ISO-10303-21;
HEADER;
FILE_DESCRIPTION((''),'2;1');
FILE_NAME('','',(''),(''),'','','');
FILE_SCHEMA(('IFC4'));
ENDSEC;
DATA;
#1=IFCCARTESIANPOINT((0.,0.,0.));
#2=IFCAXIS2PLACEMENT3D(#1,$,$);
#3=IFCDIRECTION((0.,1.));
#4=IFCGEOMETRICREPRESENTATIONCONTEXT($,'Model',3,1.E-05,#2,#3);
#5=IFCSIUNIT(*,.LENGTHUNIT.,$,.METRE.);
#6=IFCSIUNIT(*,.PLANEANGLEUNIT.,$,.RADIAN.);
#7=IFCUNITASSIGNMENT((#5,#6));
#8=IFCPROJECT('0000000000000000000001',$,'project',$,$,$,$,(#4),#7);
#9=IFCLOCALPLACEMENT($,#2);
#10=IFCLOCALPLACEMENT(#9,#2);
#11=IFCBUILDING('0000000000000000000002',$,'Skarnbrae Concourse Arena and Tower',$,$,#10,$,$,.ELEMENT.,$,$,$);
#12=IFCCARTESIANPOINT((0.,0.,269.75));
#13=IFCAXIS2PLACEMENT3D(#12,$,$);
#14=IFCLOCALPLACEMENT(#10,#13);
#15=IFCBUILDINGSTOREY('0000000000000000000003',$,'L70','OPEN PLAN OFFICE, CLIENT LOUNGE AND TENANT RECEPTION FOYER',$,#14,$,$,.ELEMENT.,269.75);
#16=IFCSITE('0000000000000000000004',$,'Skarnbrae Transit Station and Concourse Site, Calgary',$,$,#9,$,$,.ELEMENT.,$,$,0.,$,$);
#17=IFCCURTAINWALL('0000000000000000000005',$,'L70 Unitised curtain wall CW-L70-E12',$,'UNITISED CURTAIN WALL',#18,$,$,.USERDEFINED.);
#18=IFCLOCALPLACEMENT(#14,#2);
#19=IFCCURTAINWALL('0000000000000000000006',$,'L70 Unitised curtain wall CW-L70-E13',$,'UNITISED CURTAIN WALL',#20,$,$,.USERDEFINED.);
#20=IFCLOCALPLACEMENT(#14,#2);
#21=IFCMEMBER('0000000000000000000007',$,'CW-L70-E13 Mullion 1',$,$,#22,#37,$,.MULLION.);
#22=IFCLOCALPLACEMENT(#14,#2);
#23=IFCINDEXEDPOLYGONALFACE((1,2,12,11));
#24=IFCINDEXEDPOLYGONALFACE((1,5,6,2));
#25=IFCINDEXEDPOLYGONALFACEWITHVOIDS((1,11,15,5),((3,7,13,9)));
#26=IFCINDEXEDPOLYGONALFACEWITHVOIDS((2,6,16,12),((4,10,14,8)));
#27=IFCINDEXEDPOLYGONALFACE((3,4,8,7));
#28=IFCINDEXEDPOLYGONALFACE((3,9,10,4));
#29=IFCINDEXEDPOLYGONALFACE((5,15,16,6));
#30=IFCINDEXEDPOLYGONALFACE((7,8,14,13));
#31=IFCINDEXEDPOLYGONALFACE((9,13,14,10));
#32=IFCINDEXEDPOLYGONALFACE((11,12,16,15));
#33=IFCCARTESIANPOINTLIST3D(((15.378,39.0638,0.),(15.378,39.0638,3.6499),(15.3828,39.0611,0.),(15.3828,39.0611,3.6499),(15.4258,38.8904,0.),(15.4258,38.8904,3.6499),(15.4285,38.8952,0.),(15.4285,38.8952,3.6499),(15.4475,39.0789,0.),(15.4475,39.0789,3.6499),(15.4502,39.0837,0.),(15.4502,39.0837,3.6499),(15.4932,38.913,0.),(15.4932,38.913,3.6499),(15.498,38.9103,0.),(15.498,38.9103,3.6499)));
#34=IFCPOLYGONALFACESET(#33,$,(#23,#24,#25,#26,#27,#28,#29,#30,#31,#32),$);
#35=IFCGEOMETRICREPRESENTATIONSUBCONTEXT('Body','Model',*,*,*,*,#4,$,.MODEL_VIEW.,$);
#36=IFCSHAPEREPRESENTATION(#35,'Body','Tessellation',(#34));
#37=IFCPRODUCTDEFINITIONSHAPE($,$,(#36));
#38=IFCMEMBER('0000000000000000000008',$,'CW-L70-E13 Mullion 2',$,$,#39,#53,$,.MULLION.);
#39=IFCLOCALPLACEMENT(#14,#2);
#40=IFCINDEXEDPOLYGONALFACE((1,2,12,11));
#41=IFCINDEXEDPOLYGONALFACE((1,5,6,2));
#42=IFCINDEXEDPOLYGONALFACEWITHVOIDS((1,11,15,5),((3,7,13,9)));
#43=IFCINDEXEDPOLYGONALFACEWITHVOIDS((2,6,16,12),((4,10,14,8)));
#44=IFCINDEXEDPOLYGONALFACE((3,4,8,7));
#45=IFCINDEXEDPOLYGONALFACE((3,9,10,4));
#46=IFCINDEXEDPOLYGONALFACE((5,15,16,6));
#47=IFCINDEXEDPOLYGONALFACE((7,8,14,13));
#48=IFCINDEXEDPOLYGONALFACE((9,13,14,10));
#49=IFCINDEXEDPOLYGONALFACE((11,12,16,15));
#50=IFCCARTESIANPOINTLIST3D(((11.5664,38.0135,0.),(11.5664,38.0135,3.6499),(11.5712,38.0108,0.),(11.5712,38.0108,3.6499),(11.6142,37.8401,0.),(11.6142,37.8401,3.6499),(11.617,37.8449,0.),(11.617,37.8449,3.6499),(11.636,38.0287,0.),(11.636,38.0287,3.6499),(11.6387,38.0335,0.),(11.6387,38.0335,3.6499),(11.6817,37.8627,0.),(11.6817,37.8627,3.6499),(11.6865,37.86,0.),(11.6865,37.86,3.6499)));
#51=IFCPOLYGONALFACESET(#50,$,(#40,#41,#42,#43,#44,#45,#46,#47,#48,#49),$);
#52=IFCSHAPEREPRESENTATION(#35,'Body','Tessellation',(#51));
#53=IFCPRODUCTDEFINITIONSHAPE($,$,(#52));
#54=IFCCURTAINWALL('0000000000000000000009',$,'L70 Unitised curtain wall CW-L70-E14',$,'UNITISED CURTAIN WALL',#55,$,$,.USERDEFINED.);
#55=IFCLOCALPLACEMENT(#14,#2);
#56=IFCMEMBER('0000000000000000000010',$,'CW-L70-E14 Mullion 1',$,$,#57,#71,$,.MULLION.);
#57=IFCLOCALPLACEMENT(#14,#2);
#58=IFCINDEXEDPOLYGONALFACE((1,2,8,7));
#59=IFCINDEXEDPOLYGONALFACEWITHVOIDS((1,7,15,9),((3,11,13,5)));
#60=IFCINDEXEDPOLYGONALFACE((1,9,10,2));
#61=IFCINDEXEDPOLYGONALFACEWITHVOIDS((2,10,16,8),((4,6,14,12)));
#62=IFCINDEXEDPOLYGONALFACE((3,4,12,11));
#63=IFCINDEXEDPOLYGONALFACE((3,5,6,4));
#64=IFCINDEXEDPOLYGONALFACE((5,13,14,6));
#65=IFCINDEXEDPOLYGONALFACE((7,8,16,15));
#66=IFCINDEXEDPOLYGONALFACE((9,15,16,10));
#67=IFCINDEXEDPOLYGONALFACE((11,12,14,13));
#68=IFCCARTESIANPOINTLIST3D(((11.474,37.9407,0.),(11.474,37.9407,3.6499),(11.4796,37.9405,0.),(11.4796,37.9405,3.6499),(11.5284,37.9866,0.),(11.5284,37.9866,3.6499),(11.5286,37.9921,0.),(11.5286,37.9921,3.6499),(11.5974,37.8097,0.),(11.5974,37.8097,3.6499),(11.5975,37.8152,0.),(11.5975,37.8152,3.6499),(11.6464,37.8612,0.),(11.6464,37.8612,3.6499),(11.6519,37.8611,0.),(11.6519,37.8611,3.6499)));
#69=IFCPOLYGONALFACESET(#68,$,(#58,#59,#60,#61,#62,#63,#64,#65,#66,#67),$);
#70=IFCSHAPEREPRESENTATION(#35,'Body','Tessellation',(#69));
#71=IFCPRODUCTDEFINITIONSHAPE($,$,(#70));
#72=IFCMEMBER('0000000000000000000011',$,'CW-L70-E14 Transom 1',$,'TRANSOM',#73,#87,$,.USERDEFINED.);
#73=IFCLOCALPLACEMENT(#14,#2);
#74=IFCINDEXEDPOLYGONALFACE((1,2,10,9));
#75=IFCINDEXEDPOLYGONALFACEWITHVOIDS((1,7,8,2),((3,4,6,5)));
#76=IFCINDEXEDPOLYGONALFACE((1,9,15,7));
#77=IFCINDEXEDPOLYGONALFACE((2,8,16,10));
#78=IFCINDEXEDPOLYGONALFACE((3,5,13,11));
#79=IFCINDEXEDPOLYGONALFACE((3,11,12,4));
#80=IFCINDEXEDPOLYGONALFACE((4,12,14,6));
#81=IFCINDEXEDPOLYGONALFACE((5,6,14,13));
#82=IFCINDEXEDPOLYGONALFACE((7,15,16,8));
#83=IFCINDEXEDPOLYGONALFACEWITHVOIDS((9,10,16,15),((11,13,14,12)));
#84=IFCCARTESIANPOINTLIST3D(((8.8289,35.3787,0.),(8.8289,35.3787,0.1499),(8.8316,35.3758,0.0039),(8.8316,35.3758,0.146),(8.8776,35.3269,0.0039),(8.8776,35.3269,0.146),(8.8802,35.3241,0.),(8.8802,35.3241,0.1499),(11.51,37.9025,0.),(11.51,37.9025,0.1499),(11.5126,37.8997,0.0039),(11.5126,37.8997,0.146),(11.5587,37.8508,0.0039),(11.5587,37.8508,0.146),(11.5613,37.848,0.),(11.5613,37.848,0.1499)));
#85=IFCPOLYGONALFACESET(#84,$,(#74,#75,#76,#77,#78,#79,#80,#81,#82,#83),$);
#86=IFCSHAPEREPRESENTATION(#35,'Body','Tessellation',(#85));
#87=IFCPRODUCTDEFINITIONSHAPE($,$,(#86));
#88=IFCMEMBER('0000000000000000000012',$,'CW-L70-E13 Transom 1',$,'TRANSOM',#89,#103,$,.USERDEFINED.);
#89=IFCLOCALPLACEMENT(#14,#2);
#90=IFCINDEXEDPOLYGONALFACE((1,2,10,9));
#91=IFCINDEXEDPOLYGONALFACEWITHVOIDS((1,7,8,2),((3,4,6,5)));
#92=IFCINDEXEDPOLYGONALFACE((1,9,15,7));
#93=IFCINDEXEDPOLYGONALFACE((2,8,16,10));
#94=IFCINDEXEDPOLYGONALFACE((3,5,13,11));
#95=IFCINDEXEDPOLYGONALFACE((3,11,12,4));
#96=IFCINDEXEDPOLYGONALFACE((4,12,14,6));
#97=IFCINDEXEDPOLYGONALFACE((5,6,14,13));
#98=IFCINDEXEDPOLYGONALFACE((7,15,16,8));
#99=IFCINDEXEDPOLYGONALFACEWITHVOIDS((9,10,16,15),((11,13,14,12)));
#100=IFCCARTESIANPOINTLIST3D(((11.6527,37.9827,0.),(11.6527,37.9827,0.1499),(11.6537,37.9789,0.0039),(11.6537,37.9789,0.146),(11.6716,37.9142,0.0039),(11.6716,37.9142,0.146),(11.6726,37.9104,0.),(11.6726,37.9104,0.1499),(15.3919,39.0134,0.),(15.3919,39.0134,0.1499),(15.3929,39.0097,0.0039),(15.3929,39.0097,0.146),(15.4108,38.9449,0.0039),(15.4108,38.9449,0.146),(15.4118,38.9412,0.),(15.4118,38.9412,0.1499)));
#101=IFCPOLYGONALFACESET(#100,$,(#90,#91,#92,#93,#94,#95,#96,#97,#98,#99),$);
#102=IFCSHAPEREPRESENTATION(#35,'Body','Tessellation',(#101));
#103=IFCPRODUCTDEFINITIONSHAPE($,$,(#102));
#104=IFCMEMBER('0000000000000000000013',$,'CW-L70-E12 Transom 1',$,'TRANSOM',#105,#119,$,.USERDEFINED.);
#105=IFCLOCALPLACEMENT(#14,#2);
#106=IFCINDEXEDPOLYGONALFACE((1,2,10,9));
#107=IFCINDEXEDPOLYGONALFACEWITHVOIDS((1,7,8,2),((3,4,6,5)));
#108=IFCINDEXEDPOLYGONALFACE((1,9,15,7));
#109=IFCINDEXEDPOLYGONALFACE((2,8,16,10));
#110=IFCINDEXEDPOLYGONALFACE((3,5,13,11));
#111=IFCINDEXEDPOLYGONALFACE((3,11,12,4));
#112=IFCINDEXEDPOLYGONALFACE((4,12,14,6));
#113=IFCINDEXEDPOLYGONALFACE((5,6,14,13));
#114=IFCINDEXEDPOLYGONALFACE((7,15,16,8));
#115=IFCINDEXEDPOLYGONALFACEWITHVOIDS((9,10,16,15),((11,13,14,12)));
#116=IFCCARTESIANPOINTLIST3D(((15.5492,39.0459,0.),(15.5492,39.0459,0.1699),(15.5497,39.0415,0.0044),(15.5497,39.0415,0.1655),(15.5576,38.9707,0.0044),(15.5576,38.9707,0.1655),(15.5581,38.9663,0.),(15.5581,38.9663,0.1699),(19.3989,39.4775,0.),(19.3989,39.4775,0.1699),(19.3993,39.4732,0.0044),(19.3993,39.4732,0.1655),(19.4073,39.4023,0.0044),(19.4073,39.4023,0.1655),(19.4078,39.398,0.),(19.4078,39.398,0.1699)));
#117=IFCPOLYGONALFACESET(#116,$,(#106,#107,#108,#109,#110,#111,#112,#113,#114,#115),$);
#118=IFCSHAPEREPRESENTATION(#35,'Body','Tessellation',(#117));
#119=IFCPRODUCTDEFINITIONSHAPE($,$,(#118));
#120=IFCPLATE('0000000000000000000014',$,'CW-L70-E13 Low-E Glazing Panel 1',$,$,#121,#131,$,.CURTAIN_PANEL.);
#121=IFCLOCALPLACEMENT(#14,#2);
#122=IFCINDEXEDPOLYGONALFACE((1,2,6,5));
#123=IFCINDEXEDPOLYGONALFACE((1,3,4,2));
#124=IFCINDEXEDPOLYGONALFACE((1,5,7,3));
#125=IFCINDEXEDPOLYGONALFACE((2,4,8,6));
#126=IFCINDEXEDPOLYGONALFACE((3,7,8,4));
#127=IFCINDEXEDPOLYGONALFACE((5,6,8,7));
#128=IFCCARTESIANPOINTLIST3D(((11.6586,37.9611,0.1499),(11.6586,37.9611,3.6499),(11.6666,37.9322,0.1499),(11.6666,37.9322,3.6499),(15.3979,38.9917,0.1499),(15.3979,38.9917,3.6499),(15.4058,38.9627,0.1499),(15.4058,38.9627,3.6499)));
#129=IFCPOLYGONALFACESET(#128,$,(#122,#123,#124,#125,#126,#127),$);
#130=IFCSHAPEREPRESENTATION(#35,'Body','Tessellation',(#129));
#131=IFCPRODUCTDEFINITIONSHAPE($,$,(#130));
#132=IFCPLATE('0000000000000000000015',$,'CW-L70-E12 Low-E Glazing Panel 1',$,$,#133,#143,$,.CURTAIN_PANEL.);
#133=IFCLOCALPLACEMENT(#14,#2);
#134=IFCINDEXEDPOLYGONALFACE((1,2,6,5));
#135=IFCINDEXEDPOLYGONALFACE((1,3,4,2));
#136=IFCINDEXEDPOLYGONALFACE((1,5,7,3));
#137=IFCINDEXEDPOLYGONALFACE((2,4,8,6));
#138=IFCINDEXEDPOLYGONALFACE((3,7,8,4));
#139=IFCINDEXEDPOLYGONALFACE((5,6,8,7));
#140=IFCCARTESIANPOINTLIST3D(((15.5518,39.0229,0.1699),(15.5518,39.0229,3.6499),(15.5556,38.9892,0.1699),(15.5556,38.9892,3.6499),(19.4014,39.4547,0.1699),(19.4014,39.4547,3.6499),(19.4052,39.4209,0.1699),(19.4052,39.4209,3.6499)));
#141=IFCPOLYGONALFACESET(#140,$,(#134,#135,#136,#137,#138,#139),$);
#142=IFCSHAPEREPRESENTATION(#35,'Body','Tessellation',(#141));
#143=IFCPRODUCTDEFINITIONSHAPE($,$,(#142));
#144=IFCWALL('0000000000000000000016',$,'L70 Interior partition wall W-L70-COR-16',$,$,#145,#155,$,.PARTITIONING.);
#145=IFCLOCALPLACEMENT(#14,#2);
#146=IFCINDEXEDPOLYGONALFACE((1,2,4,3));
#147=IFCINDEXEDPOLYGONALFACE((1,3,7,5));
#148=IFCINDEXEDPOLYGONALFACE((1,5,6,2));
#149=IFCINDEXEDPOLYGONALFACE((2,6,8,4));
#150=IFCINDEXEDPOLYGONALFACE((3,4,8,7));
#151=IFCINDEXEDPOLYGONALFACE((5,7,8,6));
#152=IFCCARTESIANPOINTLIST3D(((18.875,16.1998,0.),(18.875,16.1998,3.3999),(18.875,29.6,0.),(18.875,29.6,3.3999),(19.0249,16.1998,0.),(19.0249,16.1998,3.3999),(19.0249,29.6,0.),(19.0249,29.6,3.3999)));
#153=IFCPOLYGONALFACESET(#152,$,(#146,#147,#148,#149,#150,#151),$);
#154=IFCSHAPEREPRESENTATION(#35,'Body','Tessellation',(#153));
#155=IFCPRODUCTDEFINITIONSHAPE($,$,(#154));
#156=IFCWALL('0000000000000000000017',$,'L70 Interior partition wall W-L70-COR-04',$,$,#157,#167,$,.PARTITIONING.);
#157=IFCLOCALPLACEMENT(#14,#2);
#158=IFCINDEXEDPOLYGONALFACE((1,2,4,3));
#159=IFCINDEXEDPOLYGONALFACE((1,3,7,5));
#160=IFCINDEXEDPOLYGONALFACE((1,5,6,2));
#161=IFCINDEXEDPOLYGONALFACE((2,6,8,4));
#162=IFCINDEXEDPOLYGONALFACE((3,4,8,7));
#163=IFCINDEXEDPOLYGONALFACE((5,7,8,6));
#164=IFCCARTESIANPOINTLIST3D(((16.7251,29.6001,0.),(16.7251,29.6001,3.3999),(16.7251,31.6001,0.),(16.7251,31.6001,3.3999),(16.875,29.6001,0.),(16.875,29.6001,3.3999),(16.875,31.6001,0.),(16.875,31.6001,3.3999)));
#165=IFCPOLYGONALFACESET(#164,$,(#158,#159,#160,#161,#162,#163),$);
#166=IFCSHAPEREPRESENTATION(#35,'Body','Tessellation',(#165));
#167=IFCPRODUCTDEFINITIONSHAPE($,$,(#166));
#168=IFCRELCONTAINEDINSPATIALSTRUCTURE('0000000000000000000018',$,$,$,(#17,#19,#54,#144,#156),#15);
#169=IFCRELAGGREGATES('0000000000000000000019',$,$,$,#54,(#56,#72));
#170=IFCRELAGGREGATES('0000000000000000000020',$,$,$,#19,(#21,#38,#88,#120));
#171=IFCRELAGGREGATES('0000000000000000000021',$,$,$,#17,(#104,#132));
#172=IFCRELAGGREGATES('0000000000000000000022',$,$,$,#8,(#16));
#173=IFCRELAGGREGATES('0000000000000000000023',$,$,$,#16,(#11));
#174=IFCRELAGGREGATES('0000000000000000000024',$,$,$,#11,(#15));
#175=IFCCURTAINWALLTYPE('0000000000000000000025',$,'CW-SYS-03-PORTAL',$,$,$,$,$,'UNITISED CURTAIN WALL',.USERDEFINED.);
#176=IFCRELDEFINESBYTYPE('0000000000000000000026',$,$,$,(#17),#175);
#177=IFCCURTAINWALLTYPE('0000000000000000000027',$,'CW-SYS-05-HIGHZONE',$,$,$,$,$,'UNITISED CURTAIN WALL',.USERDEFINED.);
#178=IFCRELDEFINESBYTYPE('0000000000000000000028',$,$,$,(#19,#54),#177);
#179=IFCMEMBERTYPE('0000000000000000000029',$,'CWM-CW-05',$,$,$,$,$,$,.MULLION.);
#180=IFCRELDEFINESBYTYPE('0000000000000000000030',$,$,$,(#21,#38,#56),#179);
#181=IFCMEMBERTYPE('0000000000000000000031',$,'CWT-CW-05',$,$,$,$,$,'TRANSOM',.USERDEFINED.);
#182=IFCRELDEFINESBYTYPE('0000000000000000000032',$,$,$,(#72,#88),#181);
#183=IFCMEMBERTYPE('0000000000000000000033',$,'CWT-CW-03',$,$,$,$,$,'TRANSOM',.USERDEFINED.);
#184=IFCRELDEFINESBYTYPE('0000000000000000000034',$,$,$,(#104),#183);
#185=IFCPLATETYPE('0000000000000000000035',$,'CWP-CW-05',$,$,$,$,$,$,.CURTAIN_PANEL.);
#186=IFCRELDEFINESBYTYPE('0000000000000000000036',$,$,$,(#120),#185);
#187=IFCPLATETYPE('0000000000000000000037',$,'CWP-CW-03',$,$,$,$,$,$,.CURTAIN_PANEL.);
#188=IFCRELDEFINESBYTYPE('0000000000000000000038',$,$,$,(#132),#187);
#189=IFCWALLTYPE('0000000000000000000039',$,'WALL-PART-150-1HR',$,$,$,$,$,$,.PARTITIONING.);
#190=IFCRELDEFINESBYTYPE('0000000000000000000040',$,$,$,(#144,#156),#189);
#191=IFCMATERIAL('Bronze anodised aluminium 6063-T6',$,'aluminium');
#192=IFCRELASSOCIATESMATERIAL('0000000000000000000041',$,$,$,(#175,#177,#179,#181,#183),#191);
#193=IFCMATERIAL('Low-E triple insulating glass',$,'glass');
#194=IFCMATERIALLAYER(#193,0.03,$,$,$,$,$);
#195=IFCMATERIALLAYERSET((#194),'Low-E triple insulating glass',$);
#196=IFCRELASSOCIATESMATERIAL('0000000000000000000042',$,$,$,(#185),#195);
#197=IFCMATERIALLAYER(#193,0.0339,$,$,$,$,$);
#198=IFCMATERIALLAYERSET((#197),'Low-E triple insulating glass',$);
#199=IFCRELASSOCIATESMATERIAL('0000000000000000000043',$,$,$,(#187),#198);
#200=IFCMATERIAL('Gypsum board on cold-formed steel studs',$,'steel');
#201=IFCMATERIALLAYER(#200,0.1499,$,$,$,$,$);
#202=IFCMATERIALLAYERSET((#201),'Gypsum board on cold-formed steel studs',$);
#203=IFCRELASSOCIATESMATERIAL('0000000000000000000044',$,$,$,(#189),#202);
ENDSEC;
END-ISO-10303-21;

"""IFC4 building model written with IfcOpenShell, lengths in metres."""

from ifc_helpers import new_model, si_unit, direction, frame, frame_2d, origin, origin_2d, place, context, subcontext, project, spatial, rectangle, hollow_rectangle, extrude, source, transform, mapped, material, layer, layer_set, material_profile, profile_set, type_object, element, aggregate, save


model = new_model("IFC4")

# Units and contexts
model_context = context("Model", 3, precision=1e-05, world=origin(), true_north=direction((0.0, 1.0)))
body_context = subcontext(model_context, "Body", "Model", "MODEL_VIEW")
ifc_project = project(units=[si_unit("LENGTHUNIT", "METRE"), si_unit("PLANEANGLEUNIT", "RADIAN")], contexts=[model_context])

# Site, building, storey
site_placement = place(None, origin())
site = spatial("IfcSite", under=ifc_project, at=site_placement, Name="Skarnbrae Transit Station and Concourse Site, Calgary", CompositionType="ELEMENT", RefElevation=0.0)
building_placement = place(site_placement, origin())
building = spatial("IfcBuilding", under=site, at=building_placement, Name="Skarnbrae Concourse Arena and Tower", CompositionType="ELEMENT")
storey_placement = place(building_placement, frame((0.0, 0.0, 269.75)))
storey = spatial("IfcBuildingStorey", under=building, at=storey_placement, Name="L70", Description="OPEN PLAN OFFICE, CLIENT LOUNGE AND TENANT RECEPTION FOYER", CompositionType="ELEMENT", Elevation=269.75)

# Shared definitions
ifc_material_1 = material(Name="Bronze anodised aluminium 6063-T6", Category="aluminium")
curtain_wall_type_1 = type_object("IfcCurtainWallType", Name="CW-SYS-03-PORTAL", ElementType="UNITISED CURTAIN WALL", PredefinedType="USERDEFINED", material=ifc_material_1)

# Curtain walls, members
curtain_wall_1_placement = place(storey_placement, origin())
curtain_wall_1 = element("IfcCurtainWall", 1, at=curtain_wall_1_placement, inside=storey, type_object=curtain_wall_type_1, Name="L70 Unitised curtain wall CW-L70-E12", ObjectType="UNITISED CURTAIN WALL", PredefinedType="USERDEFINED")
curtain_wall_type_2 = type_object("IfcCurtainWallType", Name="CW-SYS-05-HIGHZONE", ElementType="UNITISED CURTAIN WALL", PredefinedType="USERDEFINED", material=ifc_material_1)
curtain_wall_2_placement = place(storey_placement, origin())
curtain_wall_2 = element("IfcCurtainWall", 2, at=curtain_wall_2_placement, inside=storey, type_object=curtain_wall_type_2, Name="L70 Unitised curtain wall CW-L70-E13", ObjectType="UNITISED CURTAIN WALL", PredefinedType="USERDEFINED")
ifc_material_profile_1 = material_profile(ifc_material_1, hollow_rectangle(XDim=0.075, YDim=0.1799, WallThickness=0.0039, at=origin_2d()), Name="ALU-MULL-75X180")
ifc_profile_set_1 = profile_set([ifc_material_profile_1], Name="Bronze anodised aluminium 6063-T6")
member_type_1 = type_object("IfcMemberType", Name="CWM-CW-05", PredefinedType="MULLION", material=ifc_profile_set_1)
shared_shape_1 = source(origin(), body_context, "Body", "SweptSolid", [
    extrude(hollow_rectangle(XDim=0.075, YDim=0.1799, WallThickness=0.0039, at=origin_2d()), origin(), (0.0, 0.0, 1.0), 3.6499),
])
member_1_placement = place(storey_placement, frame((15.438, 38.9871, 0.0), z_axis=(0.0, 0.0, 1.0), x_axis=(-0.964057, -0.265694, 0.0)))
member_1 = element("IfcMember", 3, at=member_1_placement, type_object=member_type_1, Name="CW-L70-E13 Mullion 1", PredefinedType="MULLION", context=body_context, shape_type="MappedRepresentation", body=[
    mapped(shared_shape_1, transform((0.0, 0.0, 0.0))),
])
member_2_placement = place(storey_placement, frame((11.6265, 37.9368, 0.0), z_axis=(0.0, 0.0, 1.0), x_axis=(-0.964057, -0.265694, 0.0)))
member_2 = element("IfcMember", 4, at=member_2_placement, type_object=member_type_1, Name="CW-L70-E13 Mullion 2", PredefinedType="MULLION", context=body_context, shape_type="MappedRepresentation", body=[
    mapped(shared_shape_1, transform((0.0, 0.0, 0.0))),
])
curtain_wall_3_placement = place(storey_placement, origin())
curtain_wall_3 = element("IfcCurtainWall", 5, at=curtain_wall_3_placement, inside=storey, type_object=curtain_wall_type_2, Name="L70 Unitised curtain wall CW-L70-E14", ObjectType="UNITISED CURTAIN WALL", PredefinedType="USERDEFINED")
member_3_placement = place(storey_placement, frame((11.563, 37.9009, 0.0), z_axis=(0.0, 0.0, 1.0), x_axis=(-0.728131, -0.685438, 0.0)))
member_3 = element("IfcMember", 6, at=member_3_placement, type_object=member_type_1, Name="CW-L70-E14 Mullion 1", PredefinedType="MULLION", context=body_context, shape_type="MappedRepresentation", body=[
    mapped(shared_shape_1, transform((0.0, 0.0, 0.0))),
])
ifc_material_profile_2 = material_profile(ifc_material_1, hollow_rectangle(XDim=0.075, YDim=0.1499, WallThickness=0.0039, at=origin_2d()), Name="ALU-TRAN-75X150")
ifc_profile_set_2 = profile_set([ifc_material_profile_2], Name="Bronze anodised aluminium 6063-T6")
member_type_2 = type_object("IfcMemberType", Name="CWT-CW-05", ElementType="TRANSOM", PredefinedType="USERDEFINED", material=ifc_profile_set_2)
shared_shape_2 = source(origin(), body_context, "Body", "SweptSolid", [
    extrude(hollow_rectangle(XDim=0.075, YDim=0.1499, WallThickness=0.0039, at=origin_2d()), origin(), (0.0, 0.0, 1.0), 3.6821),
])
member_4_placement = place(storey_placement, frame((11.5356, 37.8752, 0.075), z_axis=(-0.728134, -0.685435, 0.0), x_axis=(0.685435, -0.728134, 0.0)))
member_4 = element("IfcMember", 7, at=member_4_placement, type_object=member_type_2, Name="CW-L70-E14 Transom 1", ObjectType="TRANSOM", PredefinedType="USERDEFINED", context=body_context, shape_type="MappedRepresentation", body=[
    mapped(shared_shape_2, transform((0.0, 0.0, 0.0))),
])
aggregate(curtain_wall_3, [member_3, member_4])

# Members
shared_shape_3 = source(origin(), body_context, "Body", "SweptSolid", [
    extrude(hollow_rectangle(XDim=0.075, YDim=0.1499, WallThickness=0.0039, at=origin_2d()), origin(), (0.0, 0.0, 1.0), 3.8787),
])
member_5_placement = place(storey_placement, frame((15.4019, 38.9773, 0.075), z_axis=(-0.964043, -0.265747, 0.0), x_axis=(0.265747, -0.964043, 0.0)))
member_5 = element("IfcMember", 8, at=member_5_placement, type_object=member_type_2, Name="CW-L70-E13 Transom 1", ObjectType="TRANSOM", PredefinedType="USERDEFINED", context=body_context, shape_type="MappedRepresentation", body=[
    mapped(shared_shape_3, transform((0.0, 0.0, 0.0))),
])
ifc_material_profile_3 = material_profile(ifc_material_1, hollow_rectangle(XDim=0.0801, YDim=0.1699, WallThickness=0.0044, at=origin_2d()), Name="ALU-TRAN-80X170")
ifc_profile_set_3 = profile_set([ifc_material_profile_3], Name="Bronze anodised aluminium 6063-T6")
member_type_3 = type_object("IfcMemberType", Name="CWT-CW-03", ElementType="TRANSOM", PredefinedType="USERDEFINED", material=ifc_profile_set_3)
shared_shape_4 = source(origin(), body_context, "Body", "SweptSolid", [
    extrude(hollow_rectangle(XDim=0.0801, YDim=0.1699, WallThickness=0.0044, at=origin_2d()), origin(), (0.0, 0.0, 1.0), 3.8738),
])
member_6_placement = place(storey_placement, frame((19.4033, 39.4377, 0.085), z_axis=(-0.993773, -0.111428, 0.0), x_axis=(0.111428, -0.993773, 0.0)))
member_6 = element("IfcMember", 9, at=member_6_placement, type_object=member_type_3, Name="CW-L70-E12 Transom 1", ObjectType="TRANSOM", PredefinedType="USERDEFINED", context=body_context, shape_type="MappedRepresentation", body=[
    mapped(shared_shape_4, transform((0.0, 0.0, 0.0))),
])

# Plates
ifc_material_2 = material(Name="Low-E triple insulating glass", Category="glass")
ifc_layer_1 = layer(ifc_material_2, 0.03)
ifc_layer_set_1 = layer_set([ifc_layer_1], Name="Low-E triple insulating glass")
plate_type_1 = type_object("IfcPlateType", Name="CWP-CW-05", PredefinedType="CURTAIN_PANEL", material=ifc_layer_set_1)
shared_shape_5 = source(origin(), body_context, "Body", "SweptSolid", [
    extrude(rectangle(XDim=3.8787, YDim=0.03, at=origin_2d()), origin(), (0.0, 0.0, 1.0), 3.5),
])
plate_1_placement = place(storey_placement, frame((13.5322, 38.4619, 0.1499), z_axis=(0.0, 0.0, 1.0), x_axis=(-0.964057, -0.265694, 0.0)))
plate_1 = element("IfcPlate", 10, at=plate_1_placement, type_object=plate_type_1, Name="CW-L70-E13 Low-E Glazing Panel 1", PredefinedType="CURTAIN_PANEL", context=body_context, shape_type="MappedRepresentation", body=[
    mapped(shared_shape_5, transform((0.0, 0.0, 0.0))),
])
aggregate(curtain_wall_2, [member_1, member_2, member_5, plate_1])
ifc_layer_2 = layer(ifc_material_2, 0.0339)
ifc_layer_set_2 = layer_set([ifc_layer_2], Name="Low-E triple insulating glass")
plate_type_2 = type_object("IfcPlateType", Name="CWP-CW-03", PredefinedType="CURTAIN_PANEL", material=ifc_layer_set_2)
shared_shape_6 = source(origin(), body_context, "Body", "SweptSolid", [
    extrude(rectangle(XDim=3.8738, YDim=0.0339, at=origin_2d()), origin(), (0.0, 0.0, 1.0), 3.48),
])
plate_2_placement = place(storey_placement, frame((17.4785, 39.2219, 0.1699), z_axis=(0.0, 0.0, 1.0), x_axis=(-0.993769, -0.11146, 0.0)))
plate_2 = element("IfcPlate", 11, at=plate_2_placement, type_object=plate_type_2, Name="CW-L70-E12 Low-E Glazing Panel 1", PredefinedType="CURTAIN_PANEL", context=body_context, shape_type="MappedRepresentation", body=[
    mapped(shared_shape_6, transform((0.0, 0.0, 0.0))),
])
aggregate(curtain_wall_1, [member_6, plate_2])

# Walls
ifc_material_3 = material(Name="Gypsum board on cold-formed steel studs", Category="steel")
ifc_layer_3 = layer(ifc_material_3, 0.1499)
ifc_layer_set_3 = layer_set([ifc_layer_3], Name="Gypsum board on cold-formed steel studs")
wall_type_1 = type_object("IfcWallType", Name="WALL-PART-150-1HR", PredefinedType="PARTITIONING", material=ifc_layer_set_3)
shared_shape_7 = source(origin(), body_context, "Body", "SweptSolid", [
    extrude(rectangle(XDim=13.4001, YDim=0.1499, at=frame_2d((6.7002, 0.0))), origin(), (0.0, 0.0, 1.0), 3.3999),
])
wall_1_placement = place(storey_placement, frame((18.95, 29.6001, 0.0), z_axis=(0.0, 0.0, 1.0), x_axis=(0.0, -1.0, 0.0)))
element("IfcWall", 12, at=wall_1_placement, inside=storey, type_object=wall_type_1, Name="L70 Interior partition wall W-L70-COR-16", PredefinedType="PARTITIONING", context=body_context, shape_type="MappedRepresentation", body=[
    mapped(shared_shape_7, transform((0.0, 0.0, 0.0))),
])
shared_shape_8 = source(origin(), body_context, "Body", "SweptSolid", [
    extrude(rectangle(XDim=2.0, YDim=0.1499, at=frame_2d((1.0, 0.0))), origin(), (0.0, 0.0, 1.0), 3.3999),
])
wall_2_placement = place(storey_placement, frame((16.8, 29.6001, 0.0), z_axis=(0.0, 0.0, 1.0), x_axis=(0.0, 1.0, 0.0)))
element("IfcWall", 13, at=wall_2_placement, inside=storey, type_object=wall_type_1, Name="L70 Interior partition wall W-L70-COR-04", PredefinedType="PARTITIONING", context=body_context, shape_type="MappedRepresentation", body=[
    mapped(shared_shape_8, transform((0.0, 0.0, 0.0))),
])

save(model, "model.ifc")
